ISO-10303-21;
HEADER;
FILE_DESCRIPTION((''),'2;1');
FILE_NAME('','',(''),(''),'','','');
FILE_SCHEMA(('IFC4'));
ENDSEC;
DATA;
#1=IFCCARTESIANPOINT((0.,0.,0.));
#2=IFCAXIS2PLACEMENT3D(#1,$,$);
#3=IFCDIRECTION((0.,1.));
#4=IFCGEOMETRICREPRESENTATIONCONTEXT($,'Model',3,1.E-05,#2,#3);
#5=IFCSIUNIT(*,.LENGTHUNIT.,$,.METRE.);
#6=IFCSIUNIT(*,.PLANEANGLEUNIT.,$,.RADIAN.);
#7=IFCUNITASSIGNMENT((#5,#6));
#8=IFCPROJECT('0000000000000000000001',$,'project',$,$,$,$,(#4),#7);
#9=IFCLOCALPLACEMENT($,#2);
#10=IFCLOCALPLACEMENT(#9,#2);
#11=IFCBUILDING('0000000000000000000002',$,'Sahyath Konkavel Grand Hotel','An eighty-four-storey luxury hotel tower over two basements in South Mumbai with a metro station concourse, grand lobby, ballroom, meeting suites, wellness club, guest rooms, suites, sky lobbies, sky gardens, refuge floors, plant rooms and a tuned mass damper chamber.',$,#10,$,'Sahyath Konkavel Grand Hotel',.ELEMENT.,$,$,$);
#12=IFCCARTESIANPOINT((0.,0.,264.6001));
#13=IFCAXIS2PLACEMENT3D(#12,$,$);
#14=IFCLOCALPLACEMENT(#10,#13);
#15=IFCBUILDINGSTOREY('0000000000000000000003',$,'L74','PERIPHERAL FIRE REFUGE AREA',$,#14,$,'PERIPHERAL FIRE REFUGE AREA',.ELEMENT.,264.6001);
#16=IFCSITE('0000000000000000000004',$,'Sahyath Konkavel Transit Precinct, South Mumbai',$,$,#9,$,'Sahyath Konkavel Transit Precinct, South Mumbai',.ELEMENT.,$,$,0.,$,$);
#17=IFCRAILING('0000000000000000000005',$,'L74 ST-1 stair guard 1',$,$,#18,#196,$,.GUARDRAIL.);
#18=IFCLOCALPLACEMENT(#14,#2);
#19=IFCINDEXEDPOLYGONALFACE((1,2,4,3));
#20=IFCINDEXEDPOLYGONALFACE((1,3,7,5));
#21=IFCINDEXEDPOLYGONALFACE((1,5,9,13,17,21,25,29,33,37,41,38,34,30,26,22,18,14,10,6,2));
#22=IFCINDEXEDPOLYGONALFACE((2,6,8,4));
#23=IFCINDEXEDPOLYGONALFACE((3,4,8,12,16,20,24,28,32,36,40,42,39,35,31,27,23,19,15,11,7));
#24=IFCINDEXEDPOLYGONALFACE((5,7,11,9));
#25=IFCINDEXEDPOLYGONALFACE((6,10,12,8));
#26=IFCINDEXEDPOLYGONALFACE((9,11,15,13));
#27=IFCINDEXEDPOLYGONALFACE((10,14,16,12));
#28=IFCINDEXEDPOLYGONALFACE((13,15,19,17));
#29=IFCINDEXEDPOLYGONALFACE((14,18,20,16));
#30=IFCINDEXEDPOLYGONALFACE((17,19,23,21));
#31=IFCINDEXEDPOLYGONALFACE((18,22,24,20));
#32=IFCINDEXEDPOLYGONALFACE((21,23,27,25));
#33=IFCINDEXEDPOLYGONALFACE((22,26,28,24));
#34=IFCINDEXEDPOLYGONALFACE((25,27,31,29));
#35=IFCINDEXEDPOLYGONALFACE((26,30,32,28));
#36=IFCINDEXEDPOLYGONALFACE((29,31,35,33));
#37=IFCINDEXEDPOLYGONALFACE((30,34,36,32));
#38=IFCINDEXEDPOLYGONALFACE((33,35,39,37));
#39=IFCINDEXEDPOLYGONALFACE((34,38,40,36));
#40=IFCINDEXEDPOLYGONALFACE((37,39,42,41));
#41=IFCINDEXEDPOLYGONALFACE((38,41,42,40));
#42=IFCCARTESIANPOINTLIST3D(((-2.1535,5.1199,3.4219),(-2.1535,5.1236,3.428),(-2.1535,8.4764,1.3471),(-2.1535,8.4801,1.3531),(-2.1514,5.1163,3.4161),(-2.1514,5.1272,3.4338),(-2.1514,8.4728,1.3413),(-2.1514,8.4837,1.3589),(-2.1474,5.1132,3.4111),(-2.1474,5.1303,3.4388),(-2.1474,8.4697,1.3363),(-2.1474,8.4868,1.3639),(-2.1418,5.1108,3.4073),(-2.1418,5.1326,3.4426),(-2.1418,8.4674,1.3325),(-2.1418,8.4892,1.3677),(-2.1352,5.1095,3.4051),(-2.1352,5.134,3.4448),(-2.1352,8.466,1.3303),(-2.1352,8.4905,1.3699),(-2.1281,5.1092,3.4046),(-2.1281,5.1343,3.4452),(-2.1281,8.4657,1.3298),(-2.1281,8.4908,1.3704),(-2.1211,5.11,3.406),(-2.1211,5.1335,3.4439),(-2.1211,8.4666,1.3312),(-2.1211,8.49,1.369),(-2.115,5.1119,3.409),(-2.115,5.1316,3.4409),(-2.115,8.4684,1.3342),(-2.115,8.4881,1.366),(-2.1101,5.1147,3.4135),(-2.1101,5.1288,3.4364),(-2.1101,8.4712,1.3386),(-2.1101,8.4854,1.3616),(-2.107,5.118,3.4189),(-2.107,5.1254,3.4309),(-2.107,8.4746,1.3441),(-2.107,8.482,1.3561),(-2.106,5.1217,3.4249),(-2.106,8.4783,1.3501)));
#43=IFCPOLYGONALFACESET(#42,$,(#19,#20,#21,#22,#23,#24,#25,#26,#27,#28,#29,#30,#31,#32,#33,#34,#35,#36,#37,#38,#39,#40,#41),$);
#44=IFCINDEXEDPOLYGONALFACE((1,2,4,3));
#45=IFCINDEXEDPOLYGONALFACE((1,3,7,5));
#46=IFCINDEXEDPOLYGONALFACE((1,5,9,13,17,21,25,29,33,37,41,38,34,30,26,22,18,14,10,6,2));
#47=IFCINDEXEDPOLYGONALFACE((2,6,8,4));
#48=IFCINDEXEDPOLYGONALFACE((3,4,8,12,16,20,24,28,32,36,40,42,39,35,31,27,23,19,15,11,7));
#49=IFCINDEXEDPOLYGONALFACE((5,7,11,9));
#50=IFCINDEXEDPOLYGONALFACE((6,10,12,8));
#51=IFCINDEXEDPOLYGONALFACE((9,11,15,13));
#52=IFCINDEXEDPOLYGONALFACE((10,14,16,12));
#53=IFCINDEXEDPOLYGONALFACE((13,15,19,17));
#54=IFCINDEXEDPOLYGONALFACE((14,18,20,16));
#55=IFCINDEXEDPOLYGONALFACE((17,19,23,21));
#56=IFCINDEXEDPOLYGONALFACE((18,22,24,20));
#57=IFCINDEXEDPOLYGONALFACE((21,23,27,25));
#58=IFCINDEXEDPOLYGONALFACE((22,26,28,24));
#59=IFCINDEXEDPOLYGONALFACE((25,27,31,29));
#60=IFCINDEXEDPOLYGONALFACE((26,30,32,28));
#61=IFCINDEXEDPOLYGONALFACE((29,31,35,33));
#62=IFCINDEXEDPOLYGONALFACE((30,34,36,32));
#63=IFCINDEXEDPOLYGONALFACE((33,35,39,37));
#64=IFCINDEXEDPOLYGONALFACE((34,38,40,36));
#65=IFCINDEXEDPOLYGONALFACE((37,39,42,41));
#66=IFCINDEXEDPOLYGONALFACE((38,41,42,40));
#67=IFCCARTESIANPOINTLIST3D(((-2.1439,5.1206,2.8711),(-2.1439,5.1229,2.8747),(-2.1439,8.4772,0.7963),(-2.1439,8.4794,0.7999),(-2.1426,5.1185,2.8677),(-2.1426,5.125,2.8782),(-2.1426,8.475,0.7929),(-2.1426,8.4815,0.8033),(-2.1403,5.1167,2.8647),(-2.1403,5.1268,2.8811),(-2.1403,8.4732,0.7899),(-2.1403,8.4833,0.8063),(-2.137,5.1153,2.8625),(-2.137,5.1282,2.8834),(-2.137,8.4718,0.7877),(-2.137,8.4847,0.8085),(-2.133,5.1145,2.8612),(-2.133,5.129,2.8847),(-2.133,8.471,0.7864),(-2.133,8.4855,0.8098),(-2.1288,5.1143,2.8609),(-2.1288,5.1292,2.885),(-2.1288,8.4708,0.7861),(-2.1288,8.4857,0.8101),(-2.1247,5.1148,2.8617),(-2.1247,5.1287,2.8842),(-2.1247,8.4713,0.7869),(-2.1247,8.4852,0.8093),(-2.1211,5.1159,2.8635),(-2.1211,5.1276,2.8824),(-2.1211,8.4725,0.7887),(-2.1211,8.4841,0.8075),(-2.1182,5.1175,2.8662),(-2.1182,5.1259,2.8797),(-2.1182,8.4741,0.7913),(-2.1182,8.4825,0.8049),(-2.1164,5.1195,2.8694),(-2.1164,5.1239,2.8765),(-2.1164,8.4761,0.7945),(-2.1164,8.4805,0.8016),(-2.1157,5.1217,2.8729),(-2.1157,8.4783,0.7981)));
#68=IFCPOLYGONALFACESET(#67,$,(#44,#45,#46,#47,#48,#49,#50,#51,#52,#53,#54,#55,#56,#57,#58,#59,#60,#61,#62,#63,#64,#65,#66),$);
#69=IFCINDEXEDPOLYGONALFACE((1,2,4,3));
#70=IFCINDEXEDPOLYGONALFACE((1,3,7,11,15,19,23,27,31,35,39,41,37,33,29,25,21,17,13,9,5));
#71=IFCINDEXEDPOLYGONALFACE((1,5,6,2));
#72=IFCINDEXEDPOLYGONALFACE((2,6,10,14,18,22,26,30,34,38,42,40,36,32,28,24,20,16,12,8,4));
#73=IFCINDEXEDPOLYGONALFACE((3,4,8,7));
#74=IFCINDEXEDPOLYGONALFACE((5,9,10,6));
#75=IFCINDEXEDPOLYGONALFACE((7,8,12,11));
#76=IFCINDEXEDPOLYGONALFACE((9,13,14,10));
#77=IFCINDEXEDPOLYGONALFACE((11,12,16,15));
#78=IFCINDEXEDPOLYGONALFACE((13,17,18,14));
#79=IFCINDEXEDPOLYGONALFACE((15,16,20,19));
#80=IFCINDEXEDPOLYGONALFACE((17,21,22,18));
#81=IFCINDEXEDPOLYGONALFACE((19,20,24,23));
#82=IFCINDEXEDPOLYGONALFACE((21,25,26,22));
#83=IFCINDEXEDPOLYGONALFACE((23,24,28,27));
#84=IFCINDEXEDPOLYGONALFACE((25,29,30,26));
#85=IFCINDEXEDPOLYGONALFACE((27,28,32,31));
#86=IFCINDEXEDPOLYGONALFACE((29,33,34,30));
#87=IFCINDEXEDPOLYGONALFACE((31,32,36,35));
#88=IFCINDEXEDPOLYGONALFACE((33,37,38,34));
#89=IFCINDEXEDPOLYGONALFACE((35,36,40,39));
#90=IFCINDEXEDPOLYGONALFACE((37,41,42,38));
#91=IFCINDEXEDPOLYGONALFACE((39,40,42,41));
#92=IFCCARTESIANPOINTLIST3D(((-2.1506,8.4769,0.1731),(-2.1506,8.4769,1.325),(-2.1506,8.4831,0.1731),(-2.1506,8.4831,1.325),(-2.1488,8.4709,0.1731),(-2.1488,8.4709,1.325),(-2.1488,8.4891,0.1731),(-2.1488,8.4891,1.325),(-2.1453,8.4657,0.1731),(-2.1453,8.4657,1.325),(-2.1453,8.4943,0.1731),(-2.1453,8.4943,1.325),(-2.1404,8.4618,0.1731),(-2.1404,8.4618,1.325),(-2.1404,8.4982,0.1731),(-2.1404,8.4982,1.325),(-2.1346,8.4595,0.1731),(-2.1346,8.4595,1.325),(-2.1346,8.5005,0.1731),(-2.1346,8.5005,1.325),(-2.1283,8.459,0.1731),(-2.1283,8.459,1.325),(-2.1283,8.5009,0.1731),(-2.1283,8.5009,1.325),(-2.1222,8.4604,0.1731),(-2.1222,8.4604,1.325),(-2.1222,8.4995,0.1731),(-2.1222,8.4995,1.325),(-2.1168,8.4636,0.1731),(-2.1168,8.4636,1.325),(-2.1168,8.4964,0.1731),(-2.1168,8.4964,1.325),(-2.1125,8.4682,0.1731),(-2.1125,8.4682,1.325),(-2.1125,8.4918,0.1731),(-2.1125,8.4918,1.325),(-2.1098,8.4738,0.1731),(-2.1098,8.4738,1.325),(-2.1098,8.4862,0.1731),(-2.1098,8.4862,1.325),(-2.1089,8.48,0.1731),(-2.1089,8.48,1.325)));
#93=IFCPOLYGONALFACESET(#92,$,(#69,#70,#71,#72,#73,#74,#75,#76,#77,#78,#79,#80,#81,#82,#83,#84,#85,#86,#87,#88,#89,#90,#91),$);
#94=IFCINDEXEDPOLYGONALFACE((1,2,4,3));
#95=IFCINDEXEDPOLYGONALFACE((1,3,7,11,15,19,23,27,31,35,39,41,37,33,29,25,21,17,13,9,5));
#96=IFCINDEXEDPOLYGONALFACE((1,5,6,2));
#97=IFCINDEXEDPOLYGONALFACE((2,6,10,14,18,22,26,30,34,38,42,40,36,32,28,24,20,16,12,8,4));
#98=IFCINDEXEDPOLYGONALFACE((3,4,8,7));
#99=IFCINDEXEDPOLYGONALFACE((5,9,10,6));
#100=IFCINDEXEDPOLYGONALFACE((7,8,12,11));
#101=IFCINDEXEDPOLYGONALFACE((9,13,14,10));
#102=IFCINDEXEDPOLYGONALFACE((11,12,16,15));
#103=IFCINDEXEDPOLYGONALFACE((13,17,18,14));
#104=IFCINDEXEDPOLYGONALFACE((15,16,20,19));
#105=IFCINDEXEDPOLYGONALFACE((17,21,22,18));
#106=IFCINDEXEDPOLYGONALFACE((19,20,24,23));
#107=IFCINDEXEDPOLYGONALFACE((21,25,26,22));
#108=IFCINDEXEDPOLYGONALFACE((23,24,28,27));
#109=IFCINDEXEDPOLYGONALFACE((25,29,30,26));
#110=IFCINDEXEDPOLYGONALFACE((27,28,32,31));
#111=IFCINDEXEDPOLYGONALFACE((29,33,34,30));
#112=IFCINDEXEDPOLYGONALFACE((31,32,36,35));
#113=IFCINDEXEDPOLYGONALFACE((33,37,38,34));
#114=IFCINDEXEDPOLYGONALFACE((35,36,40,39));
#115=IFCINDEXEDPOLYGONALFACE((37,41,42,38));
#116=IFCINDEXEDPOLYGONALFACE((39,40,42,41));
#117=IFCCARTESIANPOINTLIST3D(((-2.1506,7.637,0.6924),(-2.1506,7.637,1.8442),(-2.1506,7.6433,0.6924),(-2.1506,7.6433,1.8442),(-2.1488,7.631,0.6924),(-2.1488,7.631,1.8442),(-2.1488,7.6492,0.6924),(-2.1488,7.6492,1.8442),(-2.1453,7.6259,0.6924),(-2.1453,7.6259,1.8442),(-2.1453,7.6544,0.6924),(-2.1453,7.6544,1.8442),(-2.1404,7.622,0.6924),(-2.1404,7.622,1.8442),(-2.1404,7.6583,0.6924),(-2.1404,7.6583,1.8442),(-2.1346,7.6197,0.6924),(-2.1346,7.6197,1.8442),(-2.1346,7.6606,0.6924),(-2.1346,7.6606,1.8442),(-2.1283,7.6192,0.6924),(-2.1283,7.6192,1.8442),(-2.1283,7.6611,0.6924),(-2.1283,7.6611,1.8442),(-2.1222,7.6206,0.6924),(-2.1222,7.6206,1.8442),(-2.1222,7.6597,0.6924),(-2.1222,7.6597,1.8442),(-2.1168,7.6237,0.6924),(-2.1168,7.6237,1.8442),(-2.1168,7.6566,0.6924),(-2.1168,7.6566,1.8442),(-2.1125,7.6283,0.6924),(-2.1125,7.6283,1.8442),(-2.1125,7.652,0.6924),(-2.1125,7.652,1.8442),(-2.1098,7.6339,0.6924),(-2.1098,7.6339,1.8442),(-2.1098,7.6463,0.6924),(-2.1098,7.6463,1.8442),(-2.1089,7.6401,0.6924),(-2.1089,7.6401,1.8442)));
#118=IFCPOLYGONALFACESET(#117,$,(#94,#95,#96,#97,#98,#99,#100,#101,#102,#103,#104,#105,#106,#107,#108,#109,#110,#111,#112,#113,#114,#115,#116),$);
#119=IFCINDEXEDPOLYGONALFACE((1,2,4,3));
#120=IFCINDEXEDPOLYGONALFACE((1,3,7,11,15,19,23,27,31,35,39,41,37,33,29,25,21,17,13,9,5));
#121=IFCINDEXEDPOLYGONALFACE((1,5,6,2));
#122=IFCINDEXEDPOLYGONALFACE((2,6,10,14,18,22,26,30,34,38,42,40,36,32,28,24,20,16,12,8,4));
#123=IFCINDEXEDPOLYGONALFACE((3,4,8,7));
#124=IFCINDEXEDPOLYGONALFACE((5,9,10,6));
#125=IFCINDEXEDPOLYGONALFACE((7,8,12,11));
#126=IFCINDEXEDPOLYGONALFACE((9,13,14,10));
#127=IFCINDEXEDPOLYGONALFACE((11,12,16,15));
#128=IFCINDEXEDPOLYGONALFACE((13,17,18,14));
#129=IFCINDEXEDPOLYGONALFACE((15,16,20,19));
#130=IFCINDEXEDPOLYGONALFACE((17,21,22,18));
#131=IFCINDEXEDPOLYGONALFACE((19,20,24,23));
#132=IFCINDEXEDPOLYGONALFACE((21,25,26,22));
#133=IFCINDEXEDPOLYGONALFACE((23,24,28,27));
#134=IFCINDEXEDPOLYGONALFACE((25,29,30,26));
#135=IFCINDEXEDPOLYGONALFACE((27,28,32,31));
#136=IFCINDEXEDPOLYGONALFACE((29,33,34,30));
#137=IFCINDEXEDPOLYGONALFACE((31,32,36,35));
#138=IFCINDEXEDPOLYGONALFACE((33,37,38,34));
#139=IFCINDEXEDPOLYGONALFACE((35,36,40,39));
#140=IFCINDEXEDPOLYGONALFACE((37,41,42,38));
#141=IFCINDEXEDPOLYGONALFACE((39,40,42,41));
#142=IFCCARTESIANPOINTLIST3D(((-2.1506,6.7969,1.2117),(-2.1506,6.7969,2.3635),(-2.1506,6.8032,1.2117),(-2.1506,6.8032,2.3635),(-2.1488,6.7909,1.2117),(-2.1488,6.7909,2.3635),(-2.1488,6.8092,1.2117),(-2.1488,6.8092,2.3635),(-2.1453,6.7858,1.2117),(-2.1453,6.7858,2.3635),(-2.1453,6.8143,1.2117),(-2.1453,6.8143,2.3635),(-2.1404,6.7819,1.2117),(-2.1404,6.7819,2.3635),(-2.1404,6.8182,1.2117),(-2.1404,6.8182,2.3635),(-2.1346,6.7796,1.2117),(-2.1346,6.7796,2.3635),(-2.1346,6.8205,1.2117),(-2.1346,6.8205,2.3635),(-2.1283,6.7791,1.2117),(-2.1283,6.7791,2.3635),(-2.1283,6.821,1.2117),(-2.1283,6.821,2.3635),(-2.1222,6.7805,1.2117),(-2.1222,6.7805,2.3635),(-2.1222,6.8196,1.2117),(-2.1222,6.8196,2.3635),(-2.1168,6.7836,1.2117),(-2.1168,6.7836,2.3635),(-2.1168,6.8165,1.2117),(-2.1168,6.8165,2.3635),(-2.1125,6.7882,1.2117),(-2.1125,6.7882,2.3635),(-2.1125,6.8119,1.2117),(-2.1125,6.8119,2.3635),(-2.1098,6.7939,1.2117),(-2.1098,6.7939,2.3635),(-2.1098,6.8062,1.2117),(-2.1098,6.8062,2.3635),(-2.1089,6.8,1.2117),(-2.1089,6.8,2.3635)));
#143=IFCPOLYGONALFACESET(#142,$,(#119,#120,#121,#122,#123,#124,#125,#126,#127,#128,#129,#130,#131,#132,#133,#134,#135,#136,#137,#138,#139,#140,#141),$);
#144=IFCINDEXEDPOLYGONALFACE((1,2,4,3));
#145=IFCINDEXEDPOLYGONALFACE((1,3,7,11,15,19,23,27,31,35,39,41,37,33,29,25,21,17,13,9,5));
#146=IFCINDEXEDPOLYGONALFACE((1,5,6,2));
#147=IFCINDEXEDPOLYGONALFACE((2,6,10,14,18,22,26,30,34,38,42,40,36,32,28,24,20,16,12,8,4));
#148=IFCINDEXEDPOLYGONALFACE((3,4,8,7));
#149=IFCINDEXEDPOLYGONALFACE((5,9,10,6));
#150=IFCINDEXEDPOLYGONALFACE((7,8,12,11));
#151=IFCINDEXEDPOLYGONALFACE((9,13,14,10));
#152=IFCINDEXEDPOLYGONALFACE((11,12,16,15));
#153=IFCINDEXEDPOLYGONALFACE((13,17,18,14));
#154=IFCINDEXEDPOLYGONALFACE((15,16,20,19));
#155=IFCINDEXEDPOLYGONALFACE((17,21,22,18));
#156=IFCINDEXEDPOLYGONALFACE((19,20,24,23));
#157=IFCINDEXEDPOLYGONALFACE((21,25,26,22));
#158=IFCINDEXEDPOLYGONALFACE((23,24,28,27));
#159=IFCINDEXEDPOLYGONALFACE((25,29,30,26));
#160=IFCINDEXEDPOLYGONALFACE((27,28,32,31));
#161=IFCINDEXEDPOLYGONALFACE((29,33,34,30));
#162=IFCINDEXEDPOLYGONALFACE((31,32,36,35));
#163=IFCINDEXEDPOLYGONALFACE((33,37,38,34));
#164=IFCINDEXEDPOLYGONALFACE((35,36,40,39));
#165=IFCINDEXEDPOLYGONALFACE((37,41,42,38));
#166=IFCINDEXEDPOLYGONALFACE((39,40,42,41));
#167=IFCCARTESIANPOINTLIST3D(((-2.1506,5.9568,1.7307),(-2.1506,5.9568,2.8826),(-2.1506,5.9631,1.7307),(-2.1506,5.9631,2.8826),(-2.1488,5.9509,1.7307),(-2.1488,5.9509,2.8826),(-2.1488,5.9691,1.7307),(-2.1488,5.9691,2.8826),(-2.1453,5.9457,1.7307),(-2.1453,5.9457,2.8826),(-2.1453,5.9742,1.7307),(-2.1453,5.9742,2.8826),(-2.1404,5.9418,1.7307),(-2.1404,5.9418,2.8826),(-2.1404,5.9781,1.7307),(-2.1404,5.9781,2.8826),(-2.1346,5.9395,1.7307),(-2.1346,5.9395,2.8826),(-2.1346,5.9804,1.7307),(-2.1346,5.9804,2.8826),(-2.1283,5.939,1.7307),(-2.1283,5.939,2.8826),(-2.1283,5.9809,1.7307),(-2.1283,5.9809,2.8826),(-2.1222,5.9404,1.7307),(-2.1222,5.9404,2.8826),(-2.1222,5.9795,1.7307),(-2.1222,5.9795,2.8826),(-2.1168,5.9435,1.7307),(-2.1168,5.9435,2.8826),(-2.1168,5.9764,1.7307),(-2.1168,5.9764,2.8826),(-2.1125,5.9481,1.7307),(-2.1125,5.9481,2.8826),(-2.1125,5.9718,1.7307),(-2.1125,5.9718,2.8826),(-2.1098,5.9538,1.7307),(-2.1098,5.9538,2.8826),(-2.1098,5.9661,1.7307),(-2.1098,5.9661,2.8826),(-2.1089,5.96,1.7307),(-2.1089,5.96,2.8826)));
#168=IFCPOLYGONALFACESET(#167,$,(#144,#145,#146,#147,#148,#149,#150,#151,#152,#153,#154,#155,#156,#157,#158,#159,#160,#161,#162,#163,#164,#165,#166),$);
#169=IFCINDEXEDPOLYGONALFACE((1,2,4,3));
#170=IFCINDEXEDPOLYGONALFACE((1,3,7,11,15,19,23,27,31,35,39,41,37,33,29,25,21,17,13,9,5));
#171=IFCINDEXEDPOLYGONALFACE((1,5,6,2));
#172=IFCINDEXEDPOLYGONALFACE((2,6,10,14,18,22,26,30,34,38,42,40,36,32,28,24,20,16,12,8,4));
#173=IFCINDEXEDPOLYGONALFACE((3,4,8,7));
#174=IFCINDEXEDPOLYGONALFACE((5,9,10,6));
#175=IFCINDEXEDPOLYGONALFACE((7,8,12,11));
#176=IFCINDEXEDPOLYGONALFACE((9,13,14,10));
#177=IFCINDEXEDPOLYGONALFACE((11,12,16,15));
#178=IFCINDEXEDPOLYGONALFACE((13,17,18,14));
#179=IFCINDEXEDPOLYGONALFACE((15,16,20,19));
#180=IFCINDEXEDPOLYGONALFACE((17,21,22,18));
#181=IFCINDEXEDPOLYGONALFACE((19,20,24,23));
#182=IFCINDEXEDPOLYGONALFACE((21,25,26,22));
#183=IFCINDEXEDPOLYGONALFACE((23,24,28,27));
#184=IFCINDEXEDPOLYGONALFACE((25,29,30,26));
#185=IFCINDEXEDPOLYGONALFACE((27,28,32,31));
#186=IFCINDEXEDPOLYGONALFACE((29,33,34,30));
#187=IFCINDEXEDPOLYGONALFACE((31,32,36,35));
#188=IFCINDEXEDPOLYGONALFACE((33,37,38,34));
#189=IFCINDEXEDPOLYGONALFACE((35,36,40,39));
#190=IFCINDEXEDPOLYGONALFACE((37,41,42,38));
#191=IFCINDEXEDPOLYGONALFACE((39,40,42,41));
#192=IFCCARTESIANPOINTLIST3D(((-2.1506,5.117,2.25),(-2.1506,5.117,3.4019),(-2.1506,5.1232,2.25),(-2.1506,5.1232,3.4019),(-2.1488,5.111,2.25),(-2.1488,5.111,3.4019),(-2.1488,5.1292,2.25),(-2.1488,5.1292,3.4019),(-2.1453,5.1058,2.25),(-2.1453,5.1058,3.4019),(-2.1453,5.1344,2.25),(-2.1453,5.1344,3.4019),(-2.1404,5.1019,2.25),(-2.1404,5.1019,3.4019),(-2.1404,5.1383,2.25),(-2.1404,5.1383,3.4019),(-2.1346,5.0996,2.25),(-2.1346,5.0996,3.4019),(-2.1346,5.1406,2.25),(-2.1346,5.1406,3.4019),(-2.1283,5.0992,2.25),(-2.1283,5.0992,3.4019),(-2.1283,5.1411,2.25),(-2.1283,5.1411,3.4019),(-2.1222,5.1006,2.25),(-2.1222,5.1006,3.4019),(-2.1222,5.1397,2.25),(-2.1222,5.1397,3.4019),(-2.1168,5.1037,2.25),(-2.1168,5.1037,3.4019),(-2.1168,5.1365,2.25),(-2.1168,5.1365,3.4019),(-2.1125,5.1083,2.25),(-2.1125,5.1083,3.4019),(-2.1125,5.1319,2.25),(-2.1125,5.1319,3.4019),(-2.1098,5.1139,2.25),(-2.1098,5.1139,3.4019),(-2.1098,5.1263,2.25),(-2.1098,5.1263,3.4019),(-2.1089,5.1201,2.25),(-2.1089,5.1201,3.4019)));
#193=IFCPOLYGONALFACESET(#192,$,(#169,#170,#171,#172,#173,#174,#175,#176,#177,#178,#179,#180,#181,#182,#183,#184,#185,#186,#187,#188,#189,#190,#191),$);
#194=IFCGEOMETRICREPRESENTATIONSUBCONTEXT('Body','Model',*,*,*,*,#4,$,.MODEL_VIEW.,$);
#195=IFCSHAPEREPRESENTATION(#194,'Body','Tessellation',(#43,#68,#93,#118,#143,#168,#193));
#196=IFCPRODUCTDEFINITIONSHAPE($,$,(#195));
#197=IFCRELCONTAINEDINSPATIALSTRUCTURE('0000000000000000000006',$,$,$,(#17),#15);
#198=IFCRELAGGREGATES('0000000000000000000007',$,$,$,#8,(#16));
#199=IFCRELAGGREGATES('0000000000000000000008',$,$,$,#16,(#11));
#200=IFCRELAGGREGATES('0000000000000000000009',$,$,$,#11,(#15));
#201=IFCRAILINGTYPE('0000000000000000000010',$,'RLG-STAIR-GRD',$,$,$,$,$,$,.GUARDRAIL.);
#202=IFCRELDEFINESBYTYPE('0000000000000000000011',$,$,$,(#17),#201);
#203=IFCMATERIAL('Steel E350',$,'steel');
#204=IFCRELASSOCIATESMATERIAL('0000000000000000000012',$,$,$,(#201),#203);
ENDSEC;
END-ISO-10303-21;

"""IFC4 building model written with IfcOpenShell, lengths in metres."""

from ifc_helpers import new_model, si_unit, direction, frame, origin, origin_2d, place, context, subcontext, project, spatial, circle, extrude, material, type_object, element, save


model = new_model("IFC4")

# Units and contexts
model_context = context("Model", 3, precision=1e-05, world=origin(), true_north=direction((0.0, 1.0)))
body_context = subcontext(model_context, "Body", "Model", "MODEL_VIEW")
ifc_project = project(units=[si_unit("LENGTHUNIT", "METRE"), si_unit("PLANEANGLEUNIT", "RADIAN")], contexts=[model_context])

# Site, building, storey
site_placement = place(None, origin())
site = spatial("IfcSite", under=ifc_project, at=site_placement, Name="Sahyath Konkavel Transit Precinct, South Mumbai", LongName="Sahyath Konkavel Transit Precinct, South Mumbai", CompositionType="ELEMENT", RefElevation=0.0)
building_placement = place(site_placement, origin())
building = spatial("IfcBuilding", under=site, at=building_placement, Name="Sahyath Konkavel Grand Hotel", Description="An eighty-four-storey luxury hotel tower over two basements in South Mumbai with a metro station concourse, grand lobby, ballroom, meeting suites, wellness club, guest rooms, suites, sky lobbies, sky gardens, refuge floors, plant rooms and a tuned mass damper chamber.", LongName="Sahyath Konkavel Grand Hotel", CompositionType="ELEMENT")
storey_placement = place(building_placement, frame((0.0, 0.0, 264.6001)))
storey = spatial("IfcBuildingStorey", under=building, at=storey_placement, Name="L74", Description="PERIPHERAL FIRE REFUGE AREA", LongName="PERIPHERAL FIRE REFUGE AREA", CompositionType="ELEMENT", Elevation=264.6001)

# Shared definitions
ifc_material_1 = material(Name="Steel E350", Category="steel")

# Railing
railing_type_1 = type_object("IfcRailingType", Name="RLG-STAIR-GRD", PredefinedType="GUARDRAIL", material=ifc_material_1)
railing_1_placement = place(storey_placement, frame((-2.1299, 8.48, 0.1731)))
element("IfcRailing", 1, at=railing_1_placement, inside=storey, type_object=railing_type_1, Name="L74 ST-1 stair guard 1", PredefinedType="GUARDRAIL", context=body_context, shape_type="SweptSolid", body=[
    extrude(circle(Radius=0.0239, at=origin_2d()), frame((0.0, -0.0017, 1.177), z_axis=(0.0, -0.850606, 0.525803), x_axis=(1.0, 0.0, 0.0)), (0.0, 0.0, 1.0), 3.946),
    extrude(circle(Radius=0.0142, at=origin_2d()), frame((0.0, -0.0017, 0.625), z_axis=(0.0, -0.850606, 0.525803), x_axis=(1.0, 0.0, 0.0)), (0.0, 0.0, 1.0), 3.946),
    extrude(circle(Radius=0.021, at=origin_2d()), origin(), (0.0, 0.0, 1.0), 1.1519),
    extrude(circle(Radius=0.021, at=origin_2d()), frame((0.0, -0.8398, 0.5193)), (0.0, 0.0, 1.0), 1.1519),
    extrude(circle(Radius=0.021, at=origin_2d()), frame((0.0, -1.6799, 1.0386)), (0.0, 0.0, 1.0), 1.1519),
    extrude(circle(Radius=0.021, at=origin_2d()), frame((0.0, -2.52, 1.5576)), (0.0, 0.0, 1.0), 1.1519),
    extrude(circle(Radius=0.021, at=origin_2d()), frame((0.0, -3.3599, 2.0769)), (0.0, 0.0, 1.0), 1.1519),
])

save(model, "model.ifc")
